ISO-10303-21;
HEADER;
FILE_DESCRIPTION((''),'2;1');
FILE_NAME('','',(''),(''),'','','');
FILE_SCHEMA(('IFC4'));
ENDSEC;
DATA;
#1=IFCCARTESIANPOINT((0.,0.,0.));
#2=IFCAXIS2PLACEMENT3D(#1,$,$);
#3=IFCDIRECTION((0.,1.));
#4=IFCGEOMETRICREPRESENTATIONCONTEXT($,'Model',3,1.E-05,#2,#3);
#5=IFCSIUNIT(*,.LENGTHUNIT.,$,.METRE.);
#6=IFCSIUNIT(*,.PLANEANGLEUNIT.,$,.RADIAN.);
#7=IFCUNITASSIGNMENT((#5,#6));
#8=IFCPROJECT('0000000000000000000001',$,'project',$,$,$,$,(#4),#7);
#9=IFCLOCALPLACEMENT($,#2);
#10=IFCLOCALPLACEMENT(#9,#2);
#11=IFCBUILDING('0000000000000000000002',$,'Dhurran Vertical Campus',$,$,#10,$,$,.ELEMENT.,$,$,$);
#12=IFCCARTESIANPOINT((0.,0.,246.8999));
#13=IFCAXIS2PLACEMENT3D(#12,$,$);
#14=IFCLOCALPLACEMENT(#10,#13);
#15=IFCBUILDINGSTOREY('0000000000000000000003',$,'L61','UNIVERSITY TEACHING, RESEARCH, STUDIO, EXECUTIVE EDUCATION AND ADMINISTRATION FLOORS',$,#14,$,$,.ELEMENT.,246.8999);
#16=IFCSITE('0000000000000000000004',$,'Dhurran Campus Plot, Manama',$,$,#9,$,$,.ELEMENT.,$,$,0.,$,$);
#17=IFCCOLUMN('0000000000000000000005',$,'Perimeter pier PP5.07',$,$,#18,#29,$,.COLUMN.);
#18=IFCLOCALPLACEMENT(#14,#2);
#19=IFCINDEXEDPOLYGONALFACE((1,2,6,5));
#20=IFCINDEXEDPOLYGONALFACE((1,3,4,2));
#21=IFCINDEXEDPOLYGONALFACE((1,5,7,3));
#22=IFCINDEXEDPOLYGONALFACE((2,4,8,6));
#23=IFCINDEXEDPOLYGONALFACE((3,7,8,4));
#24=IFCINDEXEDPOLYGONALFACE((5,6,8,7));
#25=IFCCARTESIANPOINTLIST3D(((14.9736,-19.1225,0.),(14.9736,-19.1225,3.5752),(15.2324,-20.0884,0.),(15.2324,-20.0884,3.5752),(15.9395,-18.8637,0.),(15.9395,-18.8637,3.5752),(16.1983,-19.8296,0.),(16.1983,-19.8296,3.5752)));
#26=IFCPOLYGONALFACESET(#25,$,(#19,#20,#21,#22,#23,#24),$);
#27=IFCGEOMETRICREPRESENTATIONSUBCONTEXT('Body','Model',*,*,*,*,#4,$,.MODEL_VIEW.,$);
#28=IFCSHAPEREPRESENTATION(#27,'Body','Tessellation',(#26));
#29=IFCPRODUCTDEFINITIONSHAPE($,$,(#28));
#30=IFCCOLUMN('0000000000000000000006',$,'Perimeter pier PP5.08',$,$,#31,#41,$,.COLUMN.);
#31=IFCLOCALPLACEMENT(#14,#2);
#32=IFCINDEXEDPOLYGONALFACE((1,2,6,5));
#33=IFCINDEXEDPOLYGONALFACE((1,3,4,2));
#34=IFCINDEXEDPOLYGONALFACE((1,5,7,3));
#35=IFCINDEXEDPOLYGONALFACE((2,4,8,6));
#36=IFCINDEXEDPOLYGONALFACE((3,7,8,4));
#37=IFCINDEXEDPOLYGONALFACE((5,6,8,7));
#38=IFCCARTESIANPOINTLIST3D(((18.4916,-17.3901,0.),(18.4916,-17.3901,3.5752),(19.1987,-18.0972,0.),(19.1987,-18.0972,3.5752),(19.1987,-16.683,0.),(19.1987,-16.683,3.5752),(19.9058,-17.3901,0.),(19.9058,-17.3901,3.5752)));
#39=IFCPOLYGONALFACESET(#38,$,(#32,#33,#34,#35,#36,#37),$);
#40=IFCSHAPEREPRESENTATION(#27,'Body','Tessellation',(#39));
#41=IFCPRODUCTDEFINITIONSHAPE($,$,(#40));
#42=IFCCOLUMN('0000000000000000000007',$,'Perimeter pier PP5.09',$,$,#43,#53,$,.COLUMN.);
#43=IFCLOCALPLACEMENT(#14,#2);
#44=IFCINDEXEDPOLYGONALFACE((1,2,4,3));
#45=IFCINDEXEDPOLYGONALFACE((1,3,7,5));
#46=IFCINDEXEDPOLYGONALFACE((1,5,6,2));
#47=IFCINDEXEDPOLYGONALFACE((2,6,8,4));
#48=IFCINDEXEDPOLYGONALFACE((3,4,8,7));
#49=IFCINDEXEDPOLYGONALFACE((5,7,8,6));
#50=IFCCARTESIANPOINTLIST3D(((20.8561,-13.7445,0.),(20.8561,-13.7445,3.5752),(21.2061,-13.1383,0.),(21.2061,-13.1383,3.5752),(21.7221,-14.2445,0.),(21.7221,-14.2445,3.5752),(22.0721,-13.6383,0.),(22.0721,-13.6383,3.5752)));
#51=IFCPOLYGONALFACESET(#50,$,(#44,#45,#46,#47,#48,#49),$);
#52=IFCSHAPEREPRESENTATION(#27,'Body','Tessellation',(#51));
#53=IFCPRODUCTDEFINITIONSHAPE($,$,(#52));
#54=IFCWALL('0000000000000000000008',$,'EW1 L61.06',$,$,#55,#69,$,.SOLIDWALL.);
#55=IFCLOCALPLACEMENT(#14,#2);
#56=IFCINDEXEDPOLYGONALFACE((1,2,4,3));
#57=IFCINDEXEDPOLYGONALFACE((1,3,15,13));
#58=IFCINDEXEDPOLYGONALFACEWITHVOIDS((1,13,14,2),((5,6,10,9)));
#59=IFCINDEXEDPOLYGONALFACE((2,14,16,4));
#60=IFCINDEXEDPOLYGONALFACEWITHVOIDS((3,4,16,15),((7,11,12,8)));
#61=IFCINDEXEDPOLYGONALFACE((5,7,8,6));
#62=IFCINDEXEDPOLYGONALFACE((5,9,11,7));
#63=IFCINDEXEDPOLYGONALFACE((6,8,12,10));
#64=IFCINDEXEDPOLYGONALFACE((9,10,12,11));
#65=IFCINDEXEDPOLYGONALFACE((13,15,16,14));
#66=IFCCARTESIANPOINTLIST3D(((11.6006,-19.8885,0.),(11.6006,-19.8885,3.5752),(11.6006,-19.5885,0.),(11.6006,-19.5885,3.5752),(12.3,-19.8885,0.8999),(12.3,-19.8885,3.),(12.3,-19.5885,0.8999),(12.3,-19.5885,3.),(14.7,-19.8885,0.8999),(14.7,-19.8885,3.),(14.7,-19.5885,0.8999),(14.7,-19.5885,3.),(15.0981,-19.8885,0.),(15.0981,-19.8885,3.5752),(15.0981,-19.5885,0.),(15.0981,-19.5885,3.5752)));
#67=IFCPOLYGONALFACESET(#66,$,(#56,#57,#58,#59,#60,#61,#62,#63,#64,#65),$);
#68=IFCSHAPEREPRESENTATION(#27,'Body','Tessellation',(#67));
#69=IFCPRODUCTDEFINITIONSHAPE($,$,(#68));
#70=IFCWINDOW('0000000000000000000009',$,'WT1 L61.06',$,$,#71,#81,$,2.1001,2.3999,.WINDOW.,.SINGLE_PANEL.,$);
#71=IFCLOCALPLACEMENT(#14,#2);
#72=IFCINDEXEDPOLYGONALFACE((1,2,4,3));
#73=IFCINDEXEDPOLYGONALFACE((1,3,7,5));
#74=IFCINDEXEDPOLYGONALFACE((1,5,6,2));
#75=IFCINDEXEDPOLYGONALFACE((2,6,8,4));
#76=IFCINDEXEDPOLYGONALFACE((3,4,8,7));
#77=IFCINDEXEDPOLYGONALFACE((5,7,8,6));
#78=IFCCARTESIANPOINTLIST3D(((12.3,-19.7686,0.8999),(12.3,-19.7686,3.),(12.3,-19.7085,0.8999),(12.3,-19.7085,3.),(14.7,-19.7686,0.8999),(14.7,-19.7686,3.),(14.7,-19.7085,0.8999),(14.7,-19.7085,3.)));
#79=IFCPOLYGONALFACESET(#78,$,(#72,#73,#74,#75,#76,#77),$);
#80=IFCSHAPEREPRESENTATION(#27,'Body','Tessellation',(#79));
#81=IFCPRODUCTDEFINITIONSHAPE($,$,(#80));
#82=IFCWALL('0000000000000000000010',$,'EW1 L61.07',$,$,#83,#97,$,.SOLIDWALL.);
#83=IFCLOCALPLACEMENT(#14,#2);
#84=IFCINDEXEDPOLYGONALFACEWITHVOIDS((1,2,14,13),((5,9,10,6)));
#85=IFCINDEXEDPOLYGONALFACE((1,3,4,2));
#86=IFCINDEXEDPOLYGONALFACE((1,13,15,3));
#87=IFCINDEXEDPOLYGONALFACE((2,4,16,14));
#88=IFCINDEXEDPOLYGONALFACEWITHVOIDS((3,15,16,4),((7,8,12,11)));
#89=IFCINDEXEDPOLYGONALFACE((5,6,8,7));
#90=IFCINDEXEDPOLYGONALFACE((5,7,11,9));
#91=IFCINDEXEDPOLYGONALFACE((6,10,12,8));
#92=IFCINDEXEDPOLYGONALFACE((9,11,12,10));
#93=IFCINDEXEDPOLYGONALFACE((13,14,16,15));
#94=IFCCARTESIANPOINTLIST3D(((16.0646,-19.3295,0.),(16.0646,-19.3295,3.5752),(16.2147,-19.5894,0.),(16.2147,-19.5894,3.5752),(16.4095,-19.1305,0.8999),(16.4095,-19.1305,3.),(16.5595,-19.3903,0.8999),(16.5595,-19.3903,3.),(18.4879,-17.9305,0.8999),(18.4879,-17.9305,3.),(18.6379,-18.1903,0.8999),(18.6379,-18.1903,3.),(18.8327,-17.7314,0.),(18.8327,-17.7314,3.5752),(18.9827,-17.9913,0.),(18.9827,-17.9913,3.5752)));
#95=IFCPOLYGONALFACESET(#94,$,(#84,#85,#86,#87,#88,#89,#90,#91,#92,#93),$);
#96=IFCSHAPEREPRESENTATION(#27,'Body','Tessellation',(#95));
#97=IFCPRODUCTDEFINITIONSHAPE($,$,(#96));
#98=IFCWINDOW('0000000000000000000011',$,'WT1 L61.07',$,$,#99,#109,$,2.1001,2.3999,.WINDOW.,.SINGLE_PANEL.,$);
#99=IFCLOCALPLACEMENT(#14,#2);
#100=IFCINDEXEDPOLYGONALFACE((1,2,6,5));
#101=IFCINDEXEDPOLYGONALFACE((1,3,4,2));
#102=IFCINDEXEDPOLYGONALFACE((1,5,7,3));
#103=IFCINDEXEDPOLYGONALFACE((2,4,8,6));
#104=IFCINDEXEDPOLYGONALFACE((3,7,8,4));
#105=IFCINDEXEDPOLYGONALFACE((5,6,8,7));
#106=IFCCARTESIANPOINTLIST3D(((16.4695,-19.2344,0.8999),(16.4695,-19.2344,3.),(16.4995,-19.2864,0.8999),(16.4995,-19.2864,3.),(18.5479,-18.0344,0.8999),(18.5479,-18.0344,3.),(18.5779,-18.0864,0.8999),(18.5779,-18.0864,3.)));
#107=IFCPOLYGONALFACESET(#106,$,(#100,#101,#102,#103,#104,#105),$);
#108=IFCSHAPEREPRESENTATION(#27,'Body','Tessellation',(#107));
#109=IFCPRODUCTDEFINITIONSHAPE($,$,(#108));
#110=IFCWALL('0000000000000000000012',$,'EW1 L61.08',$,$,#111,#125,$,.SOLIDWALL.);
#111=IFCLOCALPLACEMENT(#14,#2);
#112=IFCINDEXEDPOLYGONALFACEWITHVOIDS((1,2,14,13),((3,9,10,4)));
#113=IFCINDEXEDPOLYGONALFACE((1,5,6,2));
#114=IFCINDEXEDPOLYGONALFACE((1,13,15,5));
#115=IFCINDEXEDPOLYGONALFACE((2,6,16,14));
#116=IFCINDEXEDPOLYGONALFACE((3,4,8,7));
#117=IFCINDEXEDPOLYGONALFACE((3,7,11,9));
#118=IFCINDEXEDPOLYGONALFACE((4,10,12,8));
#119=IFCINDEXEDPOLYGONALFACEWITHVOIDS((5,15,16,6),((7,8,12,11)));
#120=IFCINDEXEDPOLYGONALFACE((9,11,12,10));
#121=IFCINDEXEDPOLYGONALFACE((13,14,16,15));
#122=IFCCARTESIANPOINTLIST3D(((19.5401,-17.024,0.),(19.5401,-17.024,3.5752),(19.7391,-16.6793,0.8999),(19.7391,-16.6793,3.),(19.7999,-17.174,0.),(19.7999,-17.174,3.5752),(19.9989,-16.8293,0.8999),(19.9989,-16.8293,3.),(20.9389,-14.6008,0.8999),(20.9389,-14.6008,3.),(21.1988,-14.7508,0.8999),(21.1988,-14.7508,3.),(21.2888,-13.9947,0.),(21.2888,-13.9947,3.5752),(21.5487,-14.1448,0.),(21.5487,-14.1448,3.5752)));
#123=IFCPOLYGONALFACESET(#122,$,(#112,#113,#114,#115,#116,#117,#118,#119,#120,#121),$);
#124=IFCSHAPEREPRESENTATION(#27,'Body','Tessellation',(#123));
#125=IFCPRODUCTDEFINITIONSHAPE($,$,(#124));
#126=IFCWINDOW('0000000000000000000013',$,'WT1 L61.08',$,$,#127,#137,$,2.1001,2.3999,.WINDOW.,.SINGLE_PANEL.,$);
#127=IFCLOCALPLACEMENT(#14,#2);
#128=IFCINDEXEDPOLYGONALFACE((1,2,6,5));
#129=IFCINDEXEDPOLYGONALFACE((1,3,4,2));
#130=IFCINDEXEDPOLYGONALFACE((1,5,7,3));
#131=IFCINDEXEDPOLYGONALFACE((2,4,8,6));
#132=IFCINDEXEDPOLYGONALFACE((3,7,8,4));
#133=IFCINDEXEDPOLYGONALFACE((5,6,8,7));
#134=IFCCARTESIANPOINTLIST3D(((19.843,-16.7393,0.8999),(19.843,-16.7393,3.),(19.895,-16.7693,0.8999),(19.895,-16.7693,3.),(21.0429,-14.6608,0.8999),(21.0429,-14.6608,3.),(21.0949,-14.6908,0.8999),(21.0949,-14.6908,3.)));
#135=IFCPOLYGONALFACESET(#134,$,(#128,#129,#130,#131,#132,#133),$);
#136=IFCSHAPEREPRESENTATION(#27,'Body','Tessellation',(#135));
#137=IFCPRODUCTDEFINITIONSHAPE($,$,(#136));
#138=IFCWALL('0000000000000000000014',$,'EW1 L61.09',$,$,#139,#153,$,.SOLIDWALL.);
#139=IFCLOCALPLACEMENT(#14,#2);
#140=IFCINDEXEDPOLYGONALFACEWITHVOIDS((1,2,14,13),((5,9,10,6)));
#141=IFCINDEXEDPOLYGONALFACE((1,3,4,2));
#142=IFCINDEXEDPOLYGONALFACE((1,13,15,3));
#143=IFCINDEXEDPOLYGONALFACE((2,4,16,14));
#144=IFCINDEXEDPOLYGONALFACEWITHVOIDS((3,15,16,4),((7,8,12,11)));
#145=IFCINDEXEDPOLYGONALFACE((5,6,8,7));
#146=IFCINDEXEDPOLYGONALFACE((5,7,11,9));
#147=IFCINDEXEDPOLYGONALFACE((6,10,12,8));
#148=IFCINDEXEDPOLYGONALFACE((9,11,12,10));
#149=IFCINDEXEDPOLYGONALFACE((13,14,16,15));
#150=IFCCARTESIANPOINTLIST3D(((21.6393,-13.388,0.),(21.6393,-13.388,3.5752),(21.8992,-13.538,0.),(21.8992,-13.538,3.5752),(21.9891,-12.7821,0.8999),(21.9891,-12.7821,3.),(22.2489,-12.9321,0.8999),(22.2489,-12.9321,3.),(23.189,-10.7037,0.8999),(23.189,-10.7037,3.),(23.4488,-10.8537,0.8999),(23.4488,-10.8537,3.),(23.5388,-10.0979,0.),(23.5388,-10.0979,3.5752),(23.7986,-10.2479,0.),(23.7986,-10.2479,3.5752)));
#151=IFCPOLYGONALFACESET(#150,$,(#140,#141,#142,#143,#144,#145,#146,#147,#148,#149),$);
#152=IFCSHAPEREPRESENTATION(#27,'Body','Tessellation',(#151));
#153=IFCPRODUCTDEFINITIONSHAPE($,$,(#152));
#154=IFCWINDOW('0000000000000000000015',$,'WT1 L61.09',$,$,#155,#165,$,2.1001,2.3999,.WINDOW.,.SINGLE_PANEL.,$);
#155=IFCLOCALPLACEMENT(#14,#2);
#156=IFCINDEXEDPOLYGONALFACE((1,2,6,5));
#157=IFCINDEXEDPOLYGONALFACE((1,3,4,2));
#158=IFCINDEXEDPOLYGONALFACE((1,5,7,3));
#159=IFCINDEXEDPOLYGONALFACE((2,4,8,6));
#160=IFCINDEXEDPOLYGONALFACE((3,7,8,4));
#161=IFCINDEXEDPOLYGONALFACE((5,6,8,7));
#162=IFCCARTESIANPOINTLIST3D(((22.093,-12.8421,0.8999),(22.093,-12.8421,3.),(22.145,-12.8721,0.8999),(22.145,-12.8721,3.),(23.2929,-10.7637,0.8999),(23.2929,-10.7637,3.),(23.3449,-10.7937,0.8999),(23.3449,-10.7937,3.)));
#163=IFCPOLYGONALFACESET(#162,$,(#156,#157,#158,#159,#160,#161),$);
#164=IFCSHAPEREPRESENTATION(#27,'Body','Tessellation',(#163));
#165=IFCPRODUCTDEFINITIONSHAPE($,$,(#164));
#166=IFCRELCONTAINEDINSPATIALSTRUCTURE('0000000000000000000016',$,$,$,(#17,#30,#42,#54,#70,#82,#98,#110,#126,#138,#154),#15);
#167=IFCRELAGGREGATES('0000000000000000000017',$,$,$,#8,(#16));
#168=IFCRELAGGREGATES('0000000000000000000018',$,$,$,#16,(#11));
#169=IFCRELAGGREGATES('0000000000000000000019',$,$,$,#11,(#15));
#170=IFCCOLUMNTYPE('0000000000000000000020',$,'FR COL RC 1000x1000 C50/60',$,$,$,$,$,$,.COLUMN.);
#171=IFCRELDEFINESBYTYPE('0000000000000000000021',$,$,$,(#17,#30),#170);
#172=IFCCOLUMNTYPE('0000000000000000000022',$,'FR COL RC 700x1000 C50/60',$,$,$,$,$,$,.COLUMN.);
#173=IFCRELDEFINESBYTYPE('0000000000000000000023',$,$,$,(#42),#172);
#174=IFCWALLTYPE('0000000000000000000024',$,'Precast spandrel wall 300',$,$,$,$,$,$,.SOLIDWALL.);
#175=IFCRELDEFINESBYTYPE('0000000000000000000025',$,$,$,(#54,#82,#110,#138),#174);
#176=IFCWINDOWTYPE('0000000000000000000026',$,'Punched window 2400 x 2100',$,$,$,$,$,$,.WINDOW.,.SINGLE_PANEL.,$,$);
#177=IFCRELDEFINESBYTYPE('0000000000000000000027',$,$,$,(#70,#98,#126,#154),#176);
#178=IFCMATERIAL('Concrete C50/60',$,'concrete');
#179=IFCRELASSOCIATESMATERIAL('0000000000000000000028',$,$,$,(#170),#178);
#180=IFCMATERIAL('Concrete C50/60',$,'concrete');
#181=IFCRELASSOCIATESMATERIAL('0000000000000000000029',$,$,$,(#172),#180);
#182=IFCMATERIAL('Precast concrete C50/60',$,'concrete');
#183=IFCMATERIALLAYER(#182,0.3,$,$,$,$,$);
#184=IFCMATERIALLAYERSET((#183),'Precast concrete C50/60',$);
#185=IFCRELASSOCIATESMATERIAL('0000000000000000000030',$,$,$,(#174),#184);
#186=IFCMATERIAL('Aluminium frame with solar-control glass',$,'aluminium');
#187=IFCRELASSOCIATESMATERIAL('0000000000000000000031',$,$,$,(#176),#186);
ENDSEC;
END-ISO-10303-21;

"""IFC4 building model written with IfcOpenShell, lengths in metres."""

from ifc_helpers import new_model, si_unit, direction, frame, frame_2d, origin, origin_2d, place, context, subcontext, project, spatial, rectangle, extrude, material, layer, layer_set, material_profile, profile_set, type_object, element, fill, save


model = new_model("IFC4")

# Units and contexts
model_context = context("Model", 3, precision=1e-05, world=origin(), true_north=direction((0.0, 1.0)))
body_context = subcontext(model_context, "Body", "Model", "MODEL_VIEW")
ifc_project = project(units=[si_unit("LENGTHUNIT", "METRE"), si_unit("PLANEANGLEUNIT", "RADIAN")], contexts=[model_context])

# Site, building, storey
site_placement = place(None, origin())
site = spatial("IfcSite", under=ifc_project, at=site_placement, Name="Dhurran Campus Plot, Manama", CompositionType="ELEMENT", RefElevation=0.0)
building_placement = place(site_placement, origin())
building = spatial("IfcBuilding", under=site, at=building_placement, Name="Dhurran Vertical Campus", CompositionType="ELEMENT")
storey_placement = place(building_placement, frame((0.0, 0.0, 246.8999)))
storey = spatial("IfcBuildingStorey", under=building, at=storey_placement, Name="L61", Description="UNIVERSITY TEACHING, RESEARCH, STUDIO, EXECUTIVE EDUCATION AND ADMINISTRATION FLOORS", CompositionType="ELEMENT", Elevation=246.8999)

# Columns
ifc_material_1 = material(Name="Concrete C50/60", Category="concrete")
ifc_material_profile_1 = material_profile(ifc_material_1, rectangle(XDim=1.0, YDim=1.0, at=origin_2d()), Name="RC 1000x1000")
ifc_profile_set_1 = profile_set([ifc_material_profile_1], Name="Concrete C50/60")
column_type_1 = type_object("IfcColumnType", Name="FR COL RC 1000x1000 C50/60", PredefinedType="COLUMN", material=ifc_profile_set_1)
for number, where, z_axis, x_axis, name in (
    (1, (15.5859, -19.4761, 0.0), (0.0, 0.0, 1.0), (0.965926, 0.258819, 0.0), "Perimeter pier PP5.07"),
    (2, (19.1987, -17.3901, 0.0), (0.0, 0.0, 1.0), (0.707107, 0.707107, 0.0), "Perimeter pier PP5.08"),
):
    element("IfcColumn", number, at=place(storey_placement, frame(where, z_axis=z_axis, x_axis=x_axis)), inside=storey, type_object=column_type_1, Name=name, PredefinedType="COLUMN", context=body_context, shape_type="SweptSolid", body=[
        extrude(rectangle(XDim=1.0, YDim=1.0, at=origin_2d()), origin(), (0.0, 0.0, 1.0), 3.5752),
    ])
ifc_material_2 = material(Name="Concrete C50/60", Category="concrete")
ifc_material_profile_2 = material_profile(ifc_material_2, rectangle(XDim=0.7, YDim=1.0, at=origin_2d()), Name="RC 700x1000")
ifc_profile_set_2 = profile_set([ifc_material_profile_2], Name="Concrete C50/60")
column_type_2 = type_object("IfcColumnType", Name="FR COL RC 700x1000 C50/60", PredefinedType="COLUMN", material=ifc_profile_set_2)
column_placement = place(storey_placement, frame((21.4641, -13.6914, 0.0), z_axis=(0.0, 0.0, 1.0), x_axis=(0.5, 0.866025, 0.0)))
element("IfcColumn", 3, at=column_placement, inside=storey, type_object=column_type_2, Name="Perimeter pier PP5.09", PredefinedType="COLUMN", context=body_context, shape_type="SweptSolid", body=[
    extrude(rectangle(XDim=0.7, YDim=1.0, at=origin_2d()), origin(), (0.0, 0.0, 1.0), 3.5752),
])

# Walls, openings, windows
ifc_material_3 = material(Name="Precast concrete C50/60", Category="concrete")
ifc_layer_1 = layer(ifc_material_3, 0.3)
ifc_layer_set_1 = layer_set([ifc_layer_1], Name="Precast concrete C50/60")
wall_type_1 = type_object("IfcWallType", Name="Precast spandrel wall 300", PredefinedType="SOLIDWALL", material=ifc_layer_set_1)
wall_1_placement = place(storey_placement, frame((11.6006, -19.7385, 0.0), z_axis=(0.0, 0.0, 1.0), x_axis=(1.0, 0.0, 0.0)))
wall_1 = element("IfcWall", 4, at=wall_1_placement, inside=storey, type_object=wall_type_1, Name="EW1 L61.06", PredefinedType="SOLIDWALL", context=body_context, shape_type="SweptSolid", body=[
    extrude(rectangle(XDim=3.4976, YDim=0.3, at=frame_2d((1.7488, 0.0))), origin(), (0.0, 0.0, 1.0), 3.5752),
])
opening_1_placement = place(wall_1_placement, frame((0.6995, 0.0, 0.8999)))
opening_1 = element("IfcOpeningElement", 5, at=opening_1_placement, cuts=wall_1, PredefinedType="OPENING", context=body_context, shape_type="SweptSolid", body=[
    extrude(rectangle(XDim=2.3999, YDim=2.1001, at=frame_2d((1.2, 1.05))), frame((0.0, 0.1599, 0.0), z_axis=(0.0, -1.0, 0.0), x_axis=(1.0, 0.0, 0.0)), (0.0, 0.0, 1.0), 0.3201),
])
ifc_material_4 = material(Name="Aluminium frame with solar-control glass", Category="aluminium")
window_type = type_object("IfcWindowType", Name="Punched window 2400 x 2100", PartitioningType="SINGLE_PANEL", PredefinedType="WINDOW", material=ifc_material_4)
window_1_placement = place(opening_1_placement, origin())
window_1 = element("IfcWindow", 6, at=window_1_placement, inside=storey, type_object=window_type, Name="WT1 L61.06", OverallHeight=2.1001, OverallWidth=2.3999, PartitioningType="SINGLE_PANEL", PredefinedType="WINDOW", context=body_context, shape_type="SweptSolid", body=[
    extrude(rectangle(XDim=2.3999, YDim=2.1001, at=frame_2d((1.2, 1.05))), frame((0.0, 0.03, 0.0), z_axis=(0.0, -1.0, 0.0), x_axis=(1.0, 0.0, 0.0)), (0.0, 0.0, 1.0), 0.0601),
])
fill(opening_1, window_1)
wall_2_placement = place(storey_placement, frame((16.1396, -19.4595, 0.0), z_axis=(0.0, 0.0, 1.0), x_axis=(0.866025, 0.5, 0.0)))
wall_2 = element("IfcWall", 7, at=wall_2_placement, inside=storey, type_object=wall_type_1, Name="EW1 L61.07", PredefinedType="SOLIDWALL", context=body_context, shape_type="SweptSolid", body=[
    extrude(rectangle(XDim=3.1963, YDim=0.3, at=frame_2d((1.5981, 0.0))), origin(), (0.0, 0.0, 1.0), 3.5752),
])
opening_2_placement = place(wall_2_placement, frame((0.3982, 0.0, 0.8999)))
opening_2 = element("IfcOpeningElement", 8, at=opening_2_placement, cuts=wall_2, PredefinedType="OPENING", context=body_context, shape_type="SweptSolid", body=[
    extrude(rectangle(XDim=2.3999, YDim=2.1001, at=frame_2d((1.2, 1.05))), frame((0.0, 0.1599, 0.0), z_axis=(0.0, -1.0, 0.0), x_axis=(1.0, 0.0, 0.0)), (0.0, 0.0, 1.0), 0.3201),
])
window_2_placement = place(opening_2_placement, origin())
window_2 = element("IfcWindow", 9, at=window_2_placement, inside=storey, type_object=window_type, Name="WT1 L61.07", OverallHeight=2.1001, OverallWidth=2.3999, PartitioningType="SINGLE_PANEL", PredefinedType="WINDOW", context=body_context, shape_type="SweptSolid", body=[
    extrude(rectangle(XDim=2.3999, YDim=2.1001, at=frame_2d((1.2, 1.05))), frame((0.0, 0.03, 0.0), z_axis=(0.0, -1.0, 0.0), x_axis=(1.0, 0.0, 0.0)), (0.0, 0.0, 1.0), 0.0601),
])
fill(opening_2, window_2)
wall_3_placement = place(storey_placement, frame((19.6699, -17.0991, 0.0), z_axis=(0.0, 0.0, 1.0), x_axis=(0.49996, 0.866048, 0.0)))
wall_3 = element("IfcWall", 10, at=wall_3_placement, inside=storey, type_object=wall_type_1, Name="EW1 L61.08", PredefinedType="SOLIDWALL", context=body_context, shape_type="SweptSolid", body=[
    extrude(rectangle(XDim=3.4978, YDim=0.3, at=frame_2d((1.749, 0.0))), origin(), (0.0, 0.0, 1.0), 3.5752),
])
opening_3_placement = place(wall_3_placement, frame((0.3982, 0.0, 0.8999)))
opening_3 = element("IfcOpeningElement", 11, at=opening_3_placement, cuts=wall_3, PredefinedType="OPENING", context=body_context, shape_type="SweptSolid", body=[
    extrude(rectangle(XDim=2.3999, YDim=2.1001, at=frame_2d((1.2, 1.05))), frame((0.0, 0.1599, 0.0), z_axis=(0.0, -1.0, 0.0), x_axis=(1.0, 0.0, 0.0)), (0.0, 0.0, 1.0), 0.3201),
])
window_3_placement = place(opening_3_placement, origin())
window_3 = element("IfcWindow", 12, at=window_3_placement, inside=storey, type_object=window_type, Name="WT1 L61.08", OverallHeight=2.1001, OverallWidth=2.3999, PartitioningType="SINGLE_PANEL", PredefinedType="WINDOW", context=body_context, shape_type="SweptSolid", body=[
    extrude(rectangle(XDim=2.3999, YDim=2.1001, at=frame_2d((1.2, 1.05))), frame((0.0, 0.03, 0.0), z_axis=(0.0, -1.0, 0.0), x_axis=(1.0, 0.0, 0.0)), (0.0, 0.0, 1.0), 0.0601),
])
fill(opening_3, window_3)
wall_4_placement = place(storey_placement, frame((21.7693, -13.4629, 0.0), z_axis=(0.0, 0.0, 1.0), x_axis=(0.499982, 0.866036, 0.0)))
wall_4 = element("IfcWall", 13, at=wall_4_placement, inside=storey, type_object=wall_type_1, Name="EW1 L61.09", PredefinedType="SOLIDWALL", context=body_context, shape_type="SweptSolid", body=[
    extrude(rectangle(XDim=3.7991, YDim=0.3, at=frame_2d((1.8994, 0.0))), origin(), (0.0, 0.0, 1.0), 3.5752),
])
opening_4_placement = place(wall_4_placement, frame((0.6995, 0.0, 0.8999)))
opening_4 = element("IfcOpeningElement", 14, at=opening_4_placement, cuts=wall_4, PredefinedType="OPENING", context=body_context, shape_type="SweptSolid", body=[
    extrude(rectangle(XDim=2.3999, YDim=2.1001, at=frame_2d((1.2, 1.05))), frame((0.0, 0.1599, 0.0), z_axis=(0.0, -1.0, 0.0), x_axis=(1.0, 0.0, 0.0)), (0.0, 0.0, 1.0), 0.3201),
])
window_4_placement = place(opening_4_placement, origin())
window_4 = element("IfcWindow", 15, at=window_4_placement, inside=storey, type_object=window_type, Name="WT1 L61.09", OverallHeight=2.1001, OverallWidth=2.3999, PartitioningType="SINGLE_PANEL", PredefinedType="WINDOW", context=body_context, shape_type="SweptSolid", body=[
    extrude(rectangle(XDim=2.3999, YDim=2.1001, at=frame_2d((1.2, 1.05))), frame((0.0, 0.03, 0.0), z_axis=(0.0, -1.0, 0.0), x_axis=(1.0, 0.0, 0.0)), (0.0, 0.0, 1.0), 0.0601),
])
fill(opening_4, window_4)

save(model, "model.ifc")
